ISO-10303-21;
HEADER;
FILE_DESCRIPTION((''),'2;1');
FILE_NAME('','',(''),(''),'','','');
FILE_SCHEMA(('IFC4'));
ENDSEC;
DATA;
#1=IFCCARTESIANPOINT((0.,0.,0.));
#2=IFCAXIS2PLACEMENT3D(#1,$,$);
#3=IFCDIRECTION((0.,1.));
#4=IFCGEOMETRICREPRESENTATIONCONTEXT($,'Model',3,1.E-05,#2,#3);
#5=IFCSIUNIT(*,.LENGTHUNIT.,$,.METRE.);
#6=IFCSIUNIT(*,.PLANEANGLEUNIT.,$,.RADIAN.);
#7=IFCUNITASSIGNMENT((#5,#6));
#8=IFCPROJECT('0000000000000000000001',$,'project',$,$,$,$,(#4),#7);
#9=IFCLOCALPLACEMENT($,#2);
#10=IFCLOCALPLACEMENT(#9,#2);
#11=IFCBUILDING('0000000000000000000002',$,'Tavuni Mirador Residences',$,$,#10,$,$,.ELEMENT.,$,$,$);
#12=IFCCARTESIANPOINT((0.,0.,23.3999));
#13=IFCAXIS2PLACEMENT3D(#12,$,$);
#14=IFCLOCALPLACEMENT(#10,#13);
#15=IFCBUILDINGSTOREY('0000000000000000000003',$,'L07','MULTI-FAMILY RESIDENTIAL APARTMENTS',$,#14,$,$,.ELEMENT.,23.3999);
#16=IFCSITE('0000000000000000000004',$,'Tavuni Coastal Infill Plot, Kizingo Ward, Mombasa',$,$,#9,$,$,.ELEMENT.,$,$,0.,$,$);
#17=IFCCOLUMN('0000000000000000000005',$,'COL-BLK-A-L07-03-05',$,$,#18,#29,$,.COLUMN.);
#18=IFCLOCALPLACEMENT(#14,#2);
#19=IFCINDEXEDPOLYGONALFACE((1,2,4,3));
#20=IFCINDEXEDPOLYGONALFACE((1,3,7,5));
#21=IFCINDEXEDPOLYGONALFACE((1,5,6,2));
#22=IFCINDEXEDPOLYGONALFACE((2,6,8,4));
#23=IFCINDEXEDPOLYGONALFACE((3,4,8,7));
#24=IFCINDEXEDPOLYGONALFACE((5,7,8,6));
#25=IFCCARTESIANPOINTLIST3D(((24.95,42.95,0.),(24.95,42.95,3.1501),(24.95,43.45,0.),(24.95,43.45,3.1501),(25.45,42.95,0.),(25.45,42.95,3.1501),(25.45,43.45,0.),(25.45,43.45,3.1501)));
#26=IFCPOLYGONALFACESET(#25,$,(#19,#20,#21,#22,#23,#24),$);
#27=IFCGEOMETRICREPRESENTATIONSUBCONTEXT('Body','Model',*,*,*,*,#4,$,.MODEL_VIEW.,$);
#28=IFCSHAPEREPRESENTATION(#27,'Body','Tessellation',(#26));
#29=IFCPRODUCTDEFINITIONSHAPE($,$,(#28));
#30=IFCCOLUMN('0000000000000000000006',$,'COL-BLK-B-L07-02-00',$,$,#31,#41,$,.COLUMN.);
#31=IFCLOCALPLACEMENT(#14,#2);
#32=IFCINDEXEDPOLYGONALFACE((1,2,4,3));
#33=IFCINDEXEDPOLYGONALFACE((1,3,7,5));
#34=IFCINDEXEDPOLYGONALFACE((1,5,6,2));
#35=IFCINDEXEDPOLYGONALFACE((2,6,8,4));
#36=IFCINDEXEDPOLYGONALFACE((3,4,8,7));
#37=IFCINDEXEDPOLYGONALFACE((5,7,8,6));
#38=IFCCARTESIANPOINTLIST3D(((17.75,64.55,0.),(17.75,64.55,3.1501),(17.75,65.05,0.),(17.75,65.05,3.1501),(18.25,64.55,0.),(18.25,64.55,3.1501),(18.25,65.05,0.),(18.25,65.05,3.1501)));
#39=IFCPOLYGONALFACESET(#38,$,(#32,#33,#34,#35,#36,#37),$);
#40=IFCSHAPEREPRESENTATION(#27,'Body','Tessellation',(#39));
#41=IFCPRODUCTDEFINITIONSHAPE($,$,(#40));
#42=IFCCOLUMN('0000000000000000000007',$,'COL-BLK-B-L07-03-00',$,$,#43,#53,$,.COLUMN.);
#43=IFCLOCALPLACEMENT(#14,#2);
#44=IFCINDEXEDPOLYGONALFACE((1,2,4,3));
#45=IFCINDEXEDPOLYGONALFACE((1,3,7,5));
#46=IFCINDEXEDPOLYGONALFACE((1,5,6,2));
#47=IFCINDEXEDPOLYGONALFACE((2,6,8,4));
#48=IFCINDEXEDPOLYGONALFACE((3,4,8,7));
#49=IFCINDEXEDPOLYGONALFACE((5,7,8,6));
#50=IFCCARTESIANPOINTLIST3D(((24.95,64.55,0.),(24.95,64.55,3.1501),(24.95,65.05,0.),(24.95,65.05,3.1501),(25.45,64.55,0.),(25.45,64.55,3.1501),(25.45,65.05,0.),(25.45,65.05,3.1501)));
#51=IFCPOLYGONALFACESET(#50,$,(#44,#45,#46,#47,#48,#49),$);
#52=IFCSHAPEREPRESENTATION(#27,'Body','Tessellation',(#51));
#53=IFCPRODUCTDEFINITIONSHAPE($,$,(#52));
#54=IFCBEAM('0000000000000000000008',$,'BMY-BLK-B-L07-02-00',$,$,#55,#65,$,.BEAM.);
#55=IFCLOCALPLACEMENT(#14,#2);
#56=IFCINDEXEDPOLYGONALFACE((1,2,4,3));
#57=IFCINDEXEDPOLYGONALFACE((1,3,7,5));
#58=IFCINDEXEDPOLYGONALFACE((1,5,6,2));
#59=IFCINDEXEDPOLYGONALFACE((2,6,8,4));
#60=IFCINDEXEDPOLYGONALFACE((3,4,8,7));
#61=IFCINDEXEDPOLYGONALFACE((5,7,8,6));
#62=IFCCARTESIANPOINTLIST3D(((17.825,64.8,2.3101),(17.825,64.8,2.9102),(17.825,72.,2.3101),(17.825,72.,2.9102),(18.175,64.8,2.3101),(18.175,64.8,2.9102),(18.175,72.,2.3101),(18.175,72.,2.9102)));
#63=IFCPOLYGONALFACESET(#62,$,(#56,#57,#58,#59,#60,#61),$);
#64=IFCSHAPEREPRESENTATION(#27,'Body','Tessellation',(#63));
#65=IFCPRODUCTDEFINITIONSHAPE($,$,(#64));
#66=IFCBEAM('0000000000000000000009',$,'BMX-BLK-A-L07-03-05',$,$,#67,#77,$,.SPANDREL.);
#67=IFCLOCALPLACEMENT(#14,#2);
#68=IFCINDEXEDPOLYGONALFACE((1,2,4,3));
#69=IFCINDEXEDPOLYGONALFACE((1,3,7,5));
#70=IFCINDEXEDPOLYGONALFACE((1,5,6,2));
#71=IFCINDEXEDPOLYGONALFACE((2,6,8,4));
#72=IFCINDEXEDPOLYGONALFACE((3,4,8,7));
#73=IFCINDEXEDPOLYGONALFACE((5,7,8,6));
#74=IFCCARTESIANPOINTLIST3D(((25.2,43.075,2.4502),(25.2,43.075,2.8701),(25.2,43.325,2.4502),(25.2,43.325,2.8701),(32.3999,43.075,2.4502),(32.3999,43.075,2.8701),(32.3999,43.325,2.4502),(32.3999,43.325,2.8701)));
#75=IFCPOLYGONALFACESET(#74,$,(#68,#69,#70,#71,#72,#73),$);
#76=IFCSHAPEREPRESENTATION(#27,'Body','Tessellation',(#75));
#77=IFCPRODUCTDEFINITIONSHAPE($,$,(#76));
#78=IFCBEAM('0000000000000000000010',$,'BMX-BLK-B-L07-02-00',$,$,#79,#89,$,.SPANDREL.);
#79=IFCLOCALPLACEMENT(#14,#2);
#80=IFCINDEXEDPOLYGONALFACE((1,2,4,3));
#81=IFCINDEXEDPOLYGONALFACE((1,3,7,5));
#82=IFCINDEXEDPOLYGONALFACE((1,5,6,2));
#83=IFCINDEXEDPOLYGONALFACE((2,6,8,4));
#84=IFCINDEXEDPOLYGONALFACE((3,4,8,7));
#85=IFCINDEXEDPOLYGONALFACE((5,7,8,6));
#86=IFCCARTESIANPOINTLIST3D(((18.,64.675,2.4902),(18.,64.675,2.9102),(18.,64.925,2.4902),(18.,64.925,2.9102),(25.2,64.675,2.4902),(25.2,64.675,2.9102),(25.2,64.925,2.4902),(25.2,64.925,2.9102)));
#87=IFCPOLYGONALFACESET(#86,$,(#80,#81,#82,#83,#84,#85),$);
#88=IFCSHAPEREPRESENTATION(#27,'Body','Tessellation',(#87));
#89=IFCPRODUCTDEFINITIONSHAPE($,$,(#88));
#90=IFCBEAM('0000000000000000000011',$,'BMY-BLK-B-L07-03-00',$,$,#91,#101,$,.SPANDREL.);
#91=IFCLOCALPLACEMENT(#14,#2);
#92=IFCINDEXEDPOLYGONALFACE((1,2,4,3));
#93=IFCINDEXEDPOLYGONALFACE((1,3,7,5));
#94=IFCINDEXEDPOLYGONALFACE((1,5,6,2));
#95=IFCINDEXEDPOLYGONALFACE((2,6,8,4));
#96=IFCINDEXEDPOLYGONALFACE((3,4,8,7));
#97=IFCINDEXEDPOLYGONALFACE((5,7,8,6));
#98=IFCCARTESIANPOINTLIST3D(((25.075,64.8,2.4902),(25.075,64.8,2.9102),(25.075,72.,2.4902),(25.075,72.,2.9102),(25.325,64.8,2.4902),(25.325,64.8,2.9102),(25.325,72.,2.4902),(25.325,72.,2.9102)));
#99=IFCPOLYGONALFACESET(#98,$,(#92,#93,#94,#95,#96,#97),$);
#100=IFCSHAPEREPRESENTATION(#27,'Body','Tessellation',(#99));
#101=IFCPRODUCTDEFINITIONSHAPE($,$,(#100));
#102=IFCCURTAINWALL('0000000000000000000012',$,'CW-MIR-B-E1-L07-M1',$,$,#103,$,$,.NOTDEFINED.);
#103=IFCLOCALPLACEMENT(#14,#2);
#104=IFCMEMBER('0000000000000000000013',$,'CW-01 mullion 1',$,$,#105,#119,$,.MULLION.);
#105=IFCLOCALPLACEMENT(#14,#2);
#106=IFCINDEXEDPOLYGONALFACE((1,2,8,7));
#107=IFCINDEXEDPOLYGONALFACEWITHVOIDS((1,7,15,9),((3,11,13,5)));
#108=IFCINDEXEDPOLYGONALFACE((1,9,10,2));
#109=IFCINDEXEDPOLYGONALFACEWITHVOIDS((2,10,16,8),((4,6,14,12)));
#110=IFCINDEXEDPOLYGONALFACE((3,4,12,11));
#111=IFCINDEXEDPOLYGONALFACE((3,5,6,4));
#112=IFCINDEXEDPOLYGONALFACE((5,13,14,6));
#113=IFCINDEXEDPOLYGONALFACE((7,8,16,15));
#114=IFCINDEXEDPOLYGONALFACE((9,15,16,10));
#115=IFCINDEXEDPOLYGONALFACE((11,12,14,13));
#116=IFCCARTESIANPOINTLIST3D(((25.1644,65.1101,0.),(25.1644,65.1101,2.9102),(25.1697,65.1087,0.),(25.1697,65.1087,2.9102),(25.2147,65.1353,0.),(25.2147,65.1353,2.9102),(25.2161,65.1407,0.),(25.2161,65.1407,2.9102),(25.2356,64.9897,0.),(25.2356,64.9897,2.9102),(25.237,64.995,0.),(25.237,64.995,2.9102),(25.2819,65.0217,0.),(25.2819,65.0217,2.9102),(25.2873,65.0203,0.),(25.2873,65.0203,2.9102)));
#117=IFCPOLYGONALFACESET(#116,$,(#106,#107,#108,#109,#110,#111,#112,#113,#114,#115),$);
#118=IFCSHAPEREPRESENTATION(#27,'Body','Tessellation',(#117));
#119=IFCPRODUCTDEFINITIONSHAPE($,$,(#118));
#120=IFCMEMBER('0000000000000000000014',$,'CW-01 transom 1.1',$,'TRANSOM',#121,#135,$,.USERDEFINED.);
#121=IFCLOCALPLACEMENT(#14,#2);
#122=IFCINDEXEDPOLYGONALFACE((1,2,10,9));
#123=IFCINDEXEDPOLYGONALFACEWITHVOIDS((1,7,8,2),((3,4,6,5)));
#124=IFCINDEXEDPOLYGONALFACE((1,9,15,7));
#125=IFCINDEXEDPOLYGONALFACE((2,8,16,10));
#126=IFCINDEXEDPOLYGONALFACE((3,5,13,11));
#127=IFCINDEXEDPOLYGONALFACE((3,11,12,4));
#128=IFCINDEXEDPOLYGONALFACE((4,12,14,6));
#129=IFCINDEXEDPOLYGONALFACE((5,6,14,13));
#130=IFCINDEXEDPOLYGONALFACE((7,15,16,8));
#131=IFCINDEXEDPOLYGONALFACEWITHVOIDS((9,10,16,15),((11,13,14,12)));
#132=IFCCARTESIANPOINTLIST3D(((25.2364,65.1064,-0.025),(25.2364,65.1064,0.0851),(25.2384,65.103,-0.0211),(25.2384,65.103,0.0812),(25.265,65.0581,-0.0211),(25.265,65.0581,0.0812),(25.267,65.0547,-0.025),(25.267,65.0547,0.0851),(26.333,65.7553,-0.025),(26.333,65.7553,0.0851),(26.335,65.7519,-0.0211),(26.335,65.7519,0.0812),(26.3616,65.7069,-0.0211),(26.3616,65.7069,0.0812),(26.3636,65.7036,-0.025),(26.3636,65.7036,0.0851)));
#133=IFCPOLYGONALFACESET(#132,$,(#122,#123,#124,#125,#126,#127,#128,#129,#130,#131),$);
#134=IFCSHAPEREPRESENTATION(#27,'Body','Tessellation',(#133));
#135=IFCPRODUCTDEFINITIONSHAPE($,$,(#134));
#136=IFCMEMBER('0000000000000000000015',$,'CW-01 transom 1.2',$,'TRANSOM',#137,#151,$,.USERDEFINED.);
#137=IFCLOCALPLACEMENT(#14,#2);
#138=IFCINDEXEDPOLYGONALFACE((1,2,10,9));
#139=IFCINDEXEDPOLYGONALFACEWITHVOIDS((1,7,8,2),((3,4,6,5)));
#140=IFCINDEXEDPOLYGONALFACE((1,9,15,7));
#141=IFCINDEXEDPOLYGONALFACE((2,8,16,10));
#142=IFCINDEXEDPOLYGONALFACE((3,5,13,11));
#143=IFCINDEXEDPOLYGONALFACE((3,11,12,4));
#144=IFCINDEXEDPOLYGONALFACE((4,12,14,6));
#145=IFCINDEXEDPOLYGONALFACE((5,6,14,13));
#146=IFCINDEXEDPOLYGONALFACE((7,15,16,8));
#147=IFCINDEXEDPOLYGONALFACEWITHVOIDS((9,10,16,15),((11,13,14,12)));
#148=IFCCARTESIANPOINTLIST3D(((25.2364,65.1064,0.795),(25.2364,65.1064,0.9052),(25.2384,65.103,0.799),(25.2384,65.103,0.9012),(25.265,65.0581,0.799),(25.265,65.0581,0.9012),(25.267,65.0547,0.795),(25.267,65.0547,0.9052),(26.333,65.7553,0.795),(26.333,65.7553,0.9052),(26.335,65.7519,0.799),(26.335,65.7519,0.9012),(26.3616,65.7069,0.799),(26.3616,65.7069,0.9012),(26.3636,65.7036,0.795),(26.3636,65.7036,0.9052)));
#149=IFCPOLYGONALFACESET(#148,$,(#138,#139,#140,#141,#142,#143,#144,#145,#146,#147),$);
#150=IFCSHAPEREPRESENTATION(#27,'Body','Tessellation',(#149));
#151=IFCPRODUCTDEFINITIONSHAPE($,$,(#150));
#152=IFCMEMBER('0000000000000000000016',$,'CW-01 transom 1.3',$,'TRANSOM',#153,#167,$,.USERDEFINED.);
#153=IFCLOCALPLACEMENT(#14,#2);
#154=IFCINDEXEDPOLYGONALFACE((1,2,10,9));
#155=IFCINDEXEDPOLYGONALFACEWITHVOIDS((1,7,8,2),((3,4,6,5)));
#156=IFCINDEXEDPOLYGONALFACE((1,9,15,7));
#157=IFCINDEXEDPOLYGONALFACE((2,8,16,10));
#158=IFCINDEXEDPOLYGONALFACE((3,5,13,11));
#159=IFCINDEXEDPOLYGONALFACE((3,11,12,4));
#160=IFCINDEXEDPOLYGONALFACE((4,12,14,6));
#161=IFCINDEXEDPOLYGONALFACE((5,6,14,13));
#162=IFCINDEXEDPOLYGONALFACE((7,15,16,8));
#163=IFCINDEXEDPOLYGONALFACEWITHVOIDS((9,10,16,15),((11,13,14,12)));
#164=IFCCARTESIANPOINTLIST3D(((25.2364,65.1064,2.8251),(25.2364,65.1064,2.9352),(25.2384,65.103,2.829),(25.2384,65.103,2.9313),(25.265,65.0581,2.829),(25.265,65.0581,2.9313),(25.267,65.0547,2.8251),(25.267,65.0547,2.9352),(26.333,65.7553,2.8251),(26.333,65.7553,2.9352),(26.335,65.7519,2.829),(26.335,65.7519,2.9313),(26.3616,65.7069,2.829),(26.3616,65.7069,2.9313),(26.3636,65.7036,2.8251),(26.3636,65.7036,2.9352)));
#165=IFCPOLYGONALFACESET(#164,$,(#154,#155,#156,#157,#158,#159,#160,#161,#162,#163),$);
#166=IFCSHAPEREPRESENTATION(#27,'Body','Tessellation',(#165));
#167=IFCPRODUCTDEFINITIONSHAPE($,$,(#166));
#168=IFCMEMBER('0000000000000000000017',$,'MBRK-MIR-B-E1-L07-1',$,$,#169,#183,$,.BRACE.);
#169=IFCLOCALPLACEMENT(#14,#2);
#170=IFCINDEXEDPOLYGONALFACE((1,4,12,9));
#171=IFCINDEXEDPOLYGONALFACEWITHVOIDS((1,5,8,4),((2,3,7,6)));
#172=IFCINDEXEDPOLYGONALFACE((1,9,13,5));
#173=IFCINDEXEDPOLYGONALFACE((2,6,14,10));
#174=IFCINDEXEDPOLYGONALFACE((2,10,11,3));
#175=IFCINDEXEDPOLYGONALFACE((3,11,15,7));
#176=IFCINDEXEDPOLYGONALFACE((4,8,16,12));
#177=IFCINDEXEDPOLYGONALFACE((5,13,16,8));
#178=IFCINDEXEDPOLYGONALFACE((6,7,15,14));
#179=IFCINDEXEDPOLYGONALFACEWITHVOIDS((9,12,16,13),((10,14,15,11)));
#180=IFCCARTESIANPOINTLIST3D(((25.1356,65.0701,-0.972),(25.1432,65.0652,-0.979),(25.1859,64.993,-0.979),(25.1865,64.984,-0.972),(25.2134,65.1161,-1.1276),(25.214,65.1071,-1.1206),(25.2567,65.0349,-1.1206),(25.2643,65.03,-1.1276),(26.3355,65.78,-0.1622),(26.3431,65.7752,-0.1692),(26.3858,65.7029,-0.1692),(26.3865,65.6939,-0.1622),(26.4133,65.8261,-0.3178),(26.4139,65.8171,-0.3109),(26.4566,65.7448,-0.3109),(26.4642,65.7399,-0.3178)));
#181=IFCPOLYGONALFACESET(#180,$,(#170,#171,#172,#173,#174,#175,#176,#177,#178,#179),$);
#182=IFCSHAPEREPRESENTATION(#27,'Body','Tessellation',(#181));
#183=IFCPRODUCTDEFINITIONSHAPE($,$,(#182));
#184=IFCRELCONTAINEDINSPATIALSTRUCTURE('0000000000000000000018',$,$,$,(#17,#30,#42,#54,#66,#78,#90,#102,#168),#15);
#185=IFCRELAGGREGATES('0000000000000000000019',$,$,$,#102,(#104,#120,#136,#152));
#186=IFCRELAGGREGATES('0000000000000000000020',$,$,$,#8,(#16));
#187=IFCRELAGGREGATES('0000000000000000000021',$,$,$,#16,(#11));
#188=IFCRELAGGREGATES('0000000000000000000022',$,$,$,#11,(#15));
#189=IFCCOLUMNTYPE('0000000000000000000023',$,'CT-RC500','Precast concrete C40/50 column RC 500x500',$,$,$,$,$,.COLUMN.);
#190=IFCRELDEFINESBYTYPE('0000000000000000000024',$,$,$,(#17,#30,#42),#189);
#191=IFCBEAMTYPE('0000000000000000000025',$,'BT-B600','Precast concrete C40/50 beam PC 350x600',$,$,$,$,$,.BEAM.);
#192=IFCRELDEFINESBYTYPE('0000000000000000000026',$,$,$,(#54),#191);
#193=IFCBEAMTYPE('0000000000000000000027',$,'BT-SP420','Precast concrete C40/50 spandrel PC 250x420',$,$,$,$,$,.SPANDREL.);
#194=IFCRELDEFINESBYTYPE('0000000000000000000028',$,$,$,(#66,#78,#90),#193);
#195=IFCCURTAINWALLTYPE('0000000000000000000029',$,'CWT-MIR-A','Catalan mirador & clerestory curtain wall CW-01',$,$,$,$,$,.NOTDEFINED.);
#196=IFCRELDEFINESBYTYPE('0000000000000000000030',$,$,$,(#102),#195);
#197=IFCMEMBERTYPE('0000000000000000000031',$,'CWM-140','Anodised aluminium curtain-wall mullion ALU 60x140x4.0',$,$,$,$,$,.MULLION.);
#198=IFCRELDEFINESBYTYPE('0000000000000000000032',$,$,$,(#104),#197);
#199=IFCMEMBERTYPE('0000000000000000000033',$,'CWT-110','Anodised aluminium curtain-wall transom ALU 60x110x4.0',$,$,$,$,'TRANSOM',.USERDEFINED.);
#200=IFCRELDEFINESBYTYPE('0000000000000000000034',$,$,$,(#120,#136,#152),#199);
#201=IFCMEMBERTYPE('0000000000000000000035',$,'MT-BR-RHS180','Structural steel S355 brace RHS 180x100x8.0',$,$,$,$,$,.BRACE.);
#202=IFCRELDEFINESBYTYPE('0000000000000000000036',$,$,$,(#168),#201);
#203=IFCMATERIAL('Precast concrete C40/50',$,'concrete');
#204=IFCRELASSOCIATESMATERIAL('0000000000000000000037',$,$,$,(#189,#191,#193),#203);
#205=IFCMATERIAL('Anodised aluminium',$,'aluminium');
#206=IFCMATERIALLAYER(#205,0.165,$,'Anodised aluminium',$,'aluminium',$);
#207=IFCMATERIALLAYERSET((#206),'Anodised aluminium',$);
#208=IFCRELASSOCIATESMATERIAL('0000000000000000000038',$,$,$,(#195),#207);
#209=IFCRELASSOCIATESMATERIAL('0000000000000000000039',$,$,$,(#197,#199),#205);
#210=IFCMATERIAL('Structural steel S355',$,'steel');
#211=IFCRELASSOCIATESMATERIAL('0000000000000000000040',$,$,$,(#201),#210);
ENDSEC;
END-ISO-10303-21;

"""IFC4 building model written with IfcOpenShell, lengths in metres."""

from ifc_helpers import new_model, si_unit, direction, frame, origin, origin_2d, place, context, subcontext, project, spatial, rectangle, hollow_rectangle, extrude, material, layer, layer_set, material_profile, profile_set, type_object, element, aggregate, save


model = new_model("IFC4")

# Units and contexts
model_context = context("Model", 3, precision=1e-05, world=origin(), true_north=direction((0.0, 1.0)))
body_context = subcontext(model_context, "Body", "Model", "MODEL_VIEW")
ifc_project = project(units=[si_unit("LENGTHUNIT", "METRE"), si_unit("PLANEANGLEUNIT", "RADIAN")], contexts=[model_context])

# Site, building, storey
site_placement = place(None, origin())
site = spatial("IfcSite", under=ifc_project, at=site_placement, Name="Tavuni Coastal Infill Plot, Kizingo Ward, Mombasa", CompositionType="ELEMENT", RefElevation=0.0)
building_placement = place(site_placement, origin())
building = spatial("IfcBuilding", under=site, at=building_placement, Name="Tavuni Mirador Residences", CompositionType="ELEMENT")
storey_placement = place(building_placement, frame((0.0, 0.0, 23.3999)))
storey = spatial("IfcBuildingStorey", under=building, at=storey_placement, Name="L07", Description="MULTI-FAMILY RESIDENTIAL APARTMENTS", CompositionType="ELEMENT", Elevation=23.3999)

# Columns
ifc_material_1 = material(Name="Precast concrete C40/50", Category="concrete")
ifc_material_profile_1 = material_profile(ifc_material_1, rectangle(XDim=0.5, YDim=0.5, at=origin_2d()), Name="RC 500x500", Category="concrete")
ifc_profile_set_1 = profile_set([ifc_material_profile_1], Name="Precast concrete C40/50")
column_type = type_object("IfcColumnType", Name="CT-RC500", Description="Precast concrete C40/50 column RC 500x500", PredefinedType="COLUMN", material=ifc_profile_set_1)
for number, where, z_axis, x_axis, name in (
    (1, (25.2, 43.2, 0.0), (0.0, 0.0, 1.0), (1.0, 0.0, 0.0), "COL-BLK-A-L07-03-05"),
    (2, (18.0, 64.8, 0.0), (0.0, 0.0, 1.0), (1.0, 0.0, 0.0), "COL-BLK-B-L07-02-00"),
    (3, (25.2, 64.8, 0.0), (0.0, 0.0, 1.0), (1.0, 0.0, 0.0), "COL-BLK-B-L07-03-00"),
):
    element("IfcColumn", number, at=place(storey_placement, frame(where, z_axis=z_axis, x_axis=x_axis)), inside=storey, type_object=column_type, Name=name, PredefinedType="COLUMN", context=body_context, shape_type="SweptSolid", body=[
        extrude(rectangle(XDim=0.5, YDim=0.5, at=origin_2d()), origin(), (0.0, 0.0, 1.0), 3.1501),
    ])

# Beams
ifc_material_profile_2 = material_profile(ifc_material_1, rectangle(XDim=0.3501, YDim=0.6001, at=origin_2d()), Name="PC 350x600", Category="concrete")
ifc_profile_set_2 = profile_set([ifc_material_profile_2], Name="Precast concrete C40/50")
beam_type_1 = type_object("IfcBeamType", Name="BT-B600", Description="Precast concrete C40/50 beam PC 350x600", PredefinedType="BEAM", material=ifc_profile_set_2)
beam_placement = place(storey_placement, frame((18.0, 64.8, 2.6101), z_axis=(0.0, 1.0, 0.0), x_axis=(-1.0, 0.0, 0.0)))
element("IfcBeam", 4, at=beam_placement, inside=storey, type_object=beam_type_1, Name="BMY-BLK-B-L07-02-00", PredefinedType="BEAM", context=body_context, shape_type="SweptSolid", body=[
    extrude(rectangle(XDim=0.3501, YDim=0.6001, at=origin_2d()), origin(), (0.0, 0.0, 1.0), 7.2),
])
ifc_material_profile_3 = material_profile(ifc_material_1, rectangle(XDim=0.25, YDim=0.4199, at=origin_2d()), Name="PC 250x420", Category="concrete")
ifc_profile_set_3 = profile_set([ifc_material_profile_3], Name="Precast concrete C40/50")
beam_type_2 = type_object("IfcBeamType", Name="BT-SP420", Description="Precast concrete C40/50 spandrel PC 250x420", PredefinedType="SPANDREL", material=ifc_profile_set_3)
for number, where, z_axis, x_axis, name in (
    (5, (25.2, 43.2, 2.6602), (1.0, 0.0, 0.0), (0.0, 1.0, 0.0), "BMX-BLK-A-L07-03-05"),
    (6, (18.0, 64.8, 2.7002), (1.0, 0.0, 0.0), (0.0, 1.0, 0.0), "BMX-BLK-B-L07-02-00"),
    (7, (25.2, 64.8, 2.7002), (0.0, 1.0, 0.0), (-1.0, 0.0, 0.0), "BMY-BLK-B-L07-03-00"),
):
    element("IfcBeam", number, at=place(storey_placement, frame(where, z_axis=z_axis, x_axis=x_axis)), inside=storey, type_object=beam_type_2, Name=name, PredefinedType="SPANDREL", context=body_context, shape_type="SweptSolid", body=[
        extrude(rectangle(XDim=0.25, YDim=0.4199, at=origin_2d()), origin(), (0.0, 0.0, 1.0), 7.2),
    ])

# Curtain wall, members
ifc_material_2 = material(Name="Anodised aluminium", Category="aluminium")
ifc_layer_1 = layer(ifc_material_2, 0.165, Name="Anodised aluminium", Category="aluminium")
ifc_layer_set_1 = layer_set([ifc_layer_1], Name="Anodised aluminium")
curtain_wall_type = type_object("IfcCurtainWallType", Name="CWT-MIR-A", Description="Catalan mirador & clerestory curtain wall CW-01", PredefinedType="NOTDEFINED", material=ifc_layer_set_1)
curtain_wall_placement = place(storey_placement, origin())
curtain_wall = element("IfcCurtainWall", 8, at=curtain_wall_placement, inside=storey, type_object=curtain_wall_type, Name="CW-MIR-B-E1-L07-M1", PredefinedType="NOTDEFINED")
ifc_material_profile_4 = material_profile(ifc_material_2, hollow_rectangle(XDim=0.0601, YDim=0.1399, WallThickness=0.0039, at=origin_2d()), Name="ALU 60x140x4.0", Category="aluminium")
ifc_profile_set_4 = profile_set([ifc_material_profile_4], Name="Anodised aluminium")
member_type_1 = type_object("IfcMemberType", Name="CWM-140", Description="Anodised aluminium curtain-wall mullion ALU 60x140x4.0", PredefinedType="MULLION", material=ifc_profile_set_4)
member_1_placement = place(storey_placement, frame((25.2258, 65.0652, 0.0), z_axis=(0.0, 0.0, 1.0), x_axis=(0.860641, 0.509212, 0.0)))
member_1 = element("IfcMember", 9, at=member_1_placement, type_object=member_type_1, Name="CW-01 mullion 1", PredefinedType="MULLION", context=body_context, shape_type="SweptSolid", body=[
    extrude(hollow_rectangle(XDim=0.0601, YDim=0.1399, WallThickness=0.0039, at=origin_2d()), origin(), (0.0, 0.0, 1.0), 2.9102),
])
ifc_material_profile_5 = material_profile(ifc_material_2, hollow_rectangle(XDim=0.0601, YDim=0.1101, WallThickness=0.0039, at=origin_2d()), Name="ALU 60x110x4.0", Category="aluminium")
ifc_profile_set_5 = profile_set([ifc_material_profile_5], Name="Anodised aluminium")
member_type_2 = type_object("IfcMemberType", Name="CWT-110", Description="Anodised aluminium curtain-wall transom ALU 60x110x4.0", ElementType="TRANSOM", PredefinedType="USERDEFINED", material=ifc_profile_set_5)
member_2_placement = place(storey_placement, frame((25.2517, 65.0806, 0.03), z_axis=(0.860621, 0.509246, 0.0), x_axis=(-0.509246, 0.860621, 0.0)))
member_2 = element("IfcMember", 10, at=member_2_placement, type_object=member_type_2, Name="CW-01 transom 1.1", ObjectType="TRANSOM", PredefinedType="USERDEFINED", context=body_context, shape_type="SweptSolid", body=[
    extrude(hollow_rectangle(XDim=0.0601, YDim=0.1101, WallThickness=0.0039, at=origin_2d()), origin(), (0.0, 0.0, 1.0), 1.2742),
])
member_3_placement = place(storey_placement, frame((25.2517, 65.0806, 0.8501), z_axis=(0.860621, 0.509246, 0.0), x_axis=(-0.509246, 0.860621, 0.0)))
member_3 = element("IfcMember", 11, at=member_3_placement, type_object=member_type_2, Name="CW-01 transom 1.2", ObjectType="TRANSOM", PredefinedType="USERDEFINED", context=body_context, shape_type="SweptSolid", body=[
    extrude(hollow_rectangle(XDim=0.0601, YDim=0.1101, WallThickness=0.0039, at=origin_2d()), origin(), (0.0, 0.0, 1.0), 1.2742),
])
member_4_placement = place(storey_placement, frame((25.2517, 65.0806, 2.8801), z_axis=(0.860621, 0.509246, 0.0), x_axis=(-0.509246, 0.860621, 0.0)))
member_4 = element("IfcMember", 12, at=member_4_placement, type_object=member_type_2, Name="CW-01 transom 1.3", ObjectType="TRANSOM", PredefinedType="USERDEFINED", context=body_context, shape_type="SweptSolid", body=[
    extrude(hollow_rectangle(XDim=0.0601, YDim=0.1101, WallThickness=0.0039, at=origin_2d()), origin(), (0.0, 0.0, 1.0), 1.2742),
])

# Member
ifc_material_3 = material(Name="Structural steel S355", Category="steel")
ifc_material_profile_6 = material_profile(ifc_material_3, hollow_rectangle(XDim=0.1001, YDim=0.1799, WallThickness=0.0081, at=origin_2d()), Name="RHS 180x100x8.0", Category="steel")
ifc_profile_set_6 = profile_set([ifc_material_profile_6], Name="Structural steel S355")
member_type_3 = type_object("IfcMemberType", Name="MT-BR-RHS180", Description="Structural steel S355 brace RHS 180x100x8.0", PredefinedType="BRACE", material=ifc_profile_set_6)
member_5_placement = place(storey_placement, frame((25.2, 65.05, -1.0498), z_axis=(0.744217, 0.440322, 0.502252), x_axis=(-0.509207, 0.860644, 0.0)))
element("IfcMember", 13, at=member_5_placement, inside=storey, type_object=member_type_3, Name="MBRK-MIR-B-E1-L07-1", PredefinedType="BRACE", context=body_context, shape_type="SweptSolid", body=[
    extrude(hollow_rectangle(XDim=0.1001, YDim=0.1799, WallThickness=0.0081, at=origin_2d()), origin(), (0.0, 0.0, 1.0), 1.6123),
])

aggregate(curtain_wall, [member_1, member_2, member_3, member_4])

save(model, "model.ifc")
